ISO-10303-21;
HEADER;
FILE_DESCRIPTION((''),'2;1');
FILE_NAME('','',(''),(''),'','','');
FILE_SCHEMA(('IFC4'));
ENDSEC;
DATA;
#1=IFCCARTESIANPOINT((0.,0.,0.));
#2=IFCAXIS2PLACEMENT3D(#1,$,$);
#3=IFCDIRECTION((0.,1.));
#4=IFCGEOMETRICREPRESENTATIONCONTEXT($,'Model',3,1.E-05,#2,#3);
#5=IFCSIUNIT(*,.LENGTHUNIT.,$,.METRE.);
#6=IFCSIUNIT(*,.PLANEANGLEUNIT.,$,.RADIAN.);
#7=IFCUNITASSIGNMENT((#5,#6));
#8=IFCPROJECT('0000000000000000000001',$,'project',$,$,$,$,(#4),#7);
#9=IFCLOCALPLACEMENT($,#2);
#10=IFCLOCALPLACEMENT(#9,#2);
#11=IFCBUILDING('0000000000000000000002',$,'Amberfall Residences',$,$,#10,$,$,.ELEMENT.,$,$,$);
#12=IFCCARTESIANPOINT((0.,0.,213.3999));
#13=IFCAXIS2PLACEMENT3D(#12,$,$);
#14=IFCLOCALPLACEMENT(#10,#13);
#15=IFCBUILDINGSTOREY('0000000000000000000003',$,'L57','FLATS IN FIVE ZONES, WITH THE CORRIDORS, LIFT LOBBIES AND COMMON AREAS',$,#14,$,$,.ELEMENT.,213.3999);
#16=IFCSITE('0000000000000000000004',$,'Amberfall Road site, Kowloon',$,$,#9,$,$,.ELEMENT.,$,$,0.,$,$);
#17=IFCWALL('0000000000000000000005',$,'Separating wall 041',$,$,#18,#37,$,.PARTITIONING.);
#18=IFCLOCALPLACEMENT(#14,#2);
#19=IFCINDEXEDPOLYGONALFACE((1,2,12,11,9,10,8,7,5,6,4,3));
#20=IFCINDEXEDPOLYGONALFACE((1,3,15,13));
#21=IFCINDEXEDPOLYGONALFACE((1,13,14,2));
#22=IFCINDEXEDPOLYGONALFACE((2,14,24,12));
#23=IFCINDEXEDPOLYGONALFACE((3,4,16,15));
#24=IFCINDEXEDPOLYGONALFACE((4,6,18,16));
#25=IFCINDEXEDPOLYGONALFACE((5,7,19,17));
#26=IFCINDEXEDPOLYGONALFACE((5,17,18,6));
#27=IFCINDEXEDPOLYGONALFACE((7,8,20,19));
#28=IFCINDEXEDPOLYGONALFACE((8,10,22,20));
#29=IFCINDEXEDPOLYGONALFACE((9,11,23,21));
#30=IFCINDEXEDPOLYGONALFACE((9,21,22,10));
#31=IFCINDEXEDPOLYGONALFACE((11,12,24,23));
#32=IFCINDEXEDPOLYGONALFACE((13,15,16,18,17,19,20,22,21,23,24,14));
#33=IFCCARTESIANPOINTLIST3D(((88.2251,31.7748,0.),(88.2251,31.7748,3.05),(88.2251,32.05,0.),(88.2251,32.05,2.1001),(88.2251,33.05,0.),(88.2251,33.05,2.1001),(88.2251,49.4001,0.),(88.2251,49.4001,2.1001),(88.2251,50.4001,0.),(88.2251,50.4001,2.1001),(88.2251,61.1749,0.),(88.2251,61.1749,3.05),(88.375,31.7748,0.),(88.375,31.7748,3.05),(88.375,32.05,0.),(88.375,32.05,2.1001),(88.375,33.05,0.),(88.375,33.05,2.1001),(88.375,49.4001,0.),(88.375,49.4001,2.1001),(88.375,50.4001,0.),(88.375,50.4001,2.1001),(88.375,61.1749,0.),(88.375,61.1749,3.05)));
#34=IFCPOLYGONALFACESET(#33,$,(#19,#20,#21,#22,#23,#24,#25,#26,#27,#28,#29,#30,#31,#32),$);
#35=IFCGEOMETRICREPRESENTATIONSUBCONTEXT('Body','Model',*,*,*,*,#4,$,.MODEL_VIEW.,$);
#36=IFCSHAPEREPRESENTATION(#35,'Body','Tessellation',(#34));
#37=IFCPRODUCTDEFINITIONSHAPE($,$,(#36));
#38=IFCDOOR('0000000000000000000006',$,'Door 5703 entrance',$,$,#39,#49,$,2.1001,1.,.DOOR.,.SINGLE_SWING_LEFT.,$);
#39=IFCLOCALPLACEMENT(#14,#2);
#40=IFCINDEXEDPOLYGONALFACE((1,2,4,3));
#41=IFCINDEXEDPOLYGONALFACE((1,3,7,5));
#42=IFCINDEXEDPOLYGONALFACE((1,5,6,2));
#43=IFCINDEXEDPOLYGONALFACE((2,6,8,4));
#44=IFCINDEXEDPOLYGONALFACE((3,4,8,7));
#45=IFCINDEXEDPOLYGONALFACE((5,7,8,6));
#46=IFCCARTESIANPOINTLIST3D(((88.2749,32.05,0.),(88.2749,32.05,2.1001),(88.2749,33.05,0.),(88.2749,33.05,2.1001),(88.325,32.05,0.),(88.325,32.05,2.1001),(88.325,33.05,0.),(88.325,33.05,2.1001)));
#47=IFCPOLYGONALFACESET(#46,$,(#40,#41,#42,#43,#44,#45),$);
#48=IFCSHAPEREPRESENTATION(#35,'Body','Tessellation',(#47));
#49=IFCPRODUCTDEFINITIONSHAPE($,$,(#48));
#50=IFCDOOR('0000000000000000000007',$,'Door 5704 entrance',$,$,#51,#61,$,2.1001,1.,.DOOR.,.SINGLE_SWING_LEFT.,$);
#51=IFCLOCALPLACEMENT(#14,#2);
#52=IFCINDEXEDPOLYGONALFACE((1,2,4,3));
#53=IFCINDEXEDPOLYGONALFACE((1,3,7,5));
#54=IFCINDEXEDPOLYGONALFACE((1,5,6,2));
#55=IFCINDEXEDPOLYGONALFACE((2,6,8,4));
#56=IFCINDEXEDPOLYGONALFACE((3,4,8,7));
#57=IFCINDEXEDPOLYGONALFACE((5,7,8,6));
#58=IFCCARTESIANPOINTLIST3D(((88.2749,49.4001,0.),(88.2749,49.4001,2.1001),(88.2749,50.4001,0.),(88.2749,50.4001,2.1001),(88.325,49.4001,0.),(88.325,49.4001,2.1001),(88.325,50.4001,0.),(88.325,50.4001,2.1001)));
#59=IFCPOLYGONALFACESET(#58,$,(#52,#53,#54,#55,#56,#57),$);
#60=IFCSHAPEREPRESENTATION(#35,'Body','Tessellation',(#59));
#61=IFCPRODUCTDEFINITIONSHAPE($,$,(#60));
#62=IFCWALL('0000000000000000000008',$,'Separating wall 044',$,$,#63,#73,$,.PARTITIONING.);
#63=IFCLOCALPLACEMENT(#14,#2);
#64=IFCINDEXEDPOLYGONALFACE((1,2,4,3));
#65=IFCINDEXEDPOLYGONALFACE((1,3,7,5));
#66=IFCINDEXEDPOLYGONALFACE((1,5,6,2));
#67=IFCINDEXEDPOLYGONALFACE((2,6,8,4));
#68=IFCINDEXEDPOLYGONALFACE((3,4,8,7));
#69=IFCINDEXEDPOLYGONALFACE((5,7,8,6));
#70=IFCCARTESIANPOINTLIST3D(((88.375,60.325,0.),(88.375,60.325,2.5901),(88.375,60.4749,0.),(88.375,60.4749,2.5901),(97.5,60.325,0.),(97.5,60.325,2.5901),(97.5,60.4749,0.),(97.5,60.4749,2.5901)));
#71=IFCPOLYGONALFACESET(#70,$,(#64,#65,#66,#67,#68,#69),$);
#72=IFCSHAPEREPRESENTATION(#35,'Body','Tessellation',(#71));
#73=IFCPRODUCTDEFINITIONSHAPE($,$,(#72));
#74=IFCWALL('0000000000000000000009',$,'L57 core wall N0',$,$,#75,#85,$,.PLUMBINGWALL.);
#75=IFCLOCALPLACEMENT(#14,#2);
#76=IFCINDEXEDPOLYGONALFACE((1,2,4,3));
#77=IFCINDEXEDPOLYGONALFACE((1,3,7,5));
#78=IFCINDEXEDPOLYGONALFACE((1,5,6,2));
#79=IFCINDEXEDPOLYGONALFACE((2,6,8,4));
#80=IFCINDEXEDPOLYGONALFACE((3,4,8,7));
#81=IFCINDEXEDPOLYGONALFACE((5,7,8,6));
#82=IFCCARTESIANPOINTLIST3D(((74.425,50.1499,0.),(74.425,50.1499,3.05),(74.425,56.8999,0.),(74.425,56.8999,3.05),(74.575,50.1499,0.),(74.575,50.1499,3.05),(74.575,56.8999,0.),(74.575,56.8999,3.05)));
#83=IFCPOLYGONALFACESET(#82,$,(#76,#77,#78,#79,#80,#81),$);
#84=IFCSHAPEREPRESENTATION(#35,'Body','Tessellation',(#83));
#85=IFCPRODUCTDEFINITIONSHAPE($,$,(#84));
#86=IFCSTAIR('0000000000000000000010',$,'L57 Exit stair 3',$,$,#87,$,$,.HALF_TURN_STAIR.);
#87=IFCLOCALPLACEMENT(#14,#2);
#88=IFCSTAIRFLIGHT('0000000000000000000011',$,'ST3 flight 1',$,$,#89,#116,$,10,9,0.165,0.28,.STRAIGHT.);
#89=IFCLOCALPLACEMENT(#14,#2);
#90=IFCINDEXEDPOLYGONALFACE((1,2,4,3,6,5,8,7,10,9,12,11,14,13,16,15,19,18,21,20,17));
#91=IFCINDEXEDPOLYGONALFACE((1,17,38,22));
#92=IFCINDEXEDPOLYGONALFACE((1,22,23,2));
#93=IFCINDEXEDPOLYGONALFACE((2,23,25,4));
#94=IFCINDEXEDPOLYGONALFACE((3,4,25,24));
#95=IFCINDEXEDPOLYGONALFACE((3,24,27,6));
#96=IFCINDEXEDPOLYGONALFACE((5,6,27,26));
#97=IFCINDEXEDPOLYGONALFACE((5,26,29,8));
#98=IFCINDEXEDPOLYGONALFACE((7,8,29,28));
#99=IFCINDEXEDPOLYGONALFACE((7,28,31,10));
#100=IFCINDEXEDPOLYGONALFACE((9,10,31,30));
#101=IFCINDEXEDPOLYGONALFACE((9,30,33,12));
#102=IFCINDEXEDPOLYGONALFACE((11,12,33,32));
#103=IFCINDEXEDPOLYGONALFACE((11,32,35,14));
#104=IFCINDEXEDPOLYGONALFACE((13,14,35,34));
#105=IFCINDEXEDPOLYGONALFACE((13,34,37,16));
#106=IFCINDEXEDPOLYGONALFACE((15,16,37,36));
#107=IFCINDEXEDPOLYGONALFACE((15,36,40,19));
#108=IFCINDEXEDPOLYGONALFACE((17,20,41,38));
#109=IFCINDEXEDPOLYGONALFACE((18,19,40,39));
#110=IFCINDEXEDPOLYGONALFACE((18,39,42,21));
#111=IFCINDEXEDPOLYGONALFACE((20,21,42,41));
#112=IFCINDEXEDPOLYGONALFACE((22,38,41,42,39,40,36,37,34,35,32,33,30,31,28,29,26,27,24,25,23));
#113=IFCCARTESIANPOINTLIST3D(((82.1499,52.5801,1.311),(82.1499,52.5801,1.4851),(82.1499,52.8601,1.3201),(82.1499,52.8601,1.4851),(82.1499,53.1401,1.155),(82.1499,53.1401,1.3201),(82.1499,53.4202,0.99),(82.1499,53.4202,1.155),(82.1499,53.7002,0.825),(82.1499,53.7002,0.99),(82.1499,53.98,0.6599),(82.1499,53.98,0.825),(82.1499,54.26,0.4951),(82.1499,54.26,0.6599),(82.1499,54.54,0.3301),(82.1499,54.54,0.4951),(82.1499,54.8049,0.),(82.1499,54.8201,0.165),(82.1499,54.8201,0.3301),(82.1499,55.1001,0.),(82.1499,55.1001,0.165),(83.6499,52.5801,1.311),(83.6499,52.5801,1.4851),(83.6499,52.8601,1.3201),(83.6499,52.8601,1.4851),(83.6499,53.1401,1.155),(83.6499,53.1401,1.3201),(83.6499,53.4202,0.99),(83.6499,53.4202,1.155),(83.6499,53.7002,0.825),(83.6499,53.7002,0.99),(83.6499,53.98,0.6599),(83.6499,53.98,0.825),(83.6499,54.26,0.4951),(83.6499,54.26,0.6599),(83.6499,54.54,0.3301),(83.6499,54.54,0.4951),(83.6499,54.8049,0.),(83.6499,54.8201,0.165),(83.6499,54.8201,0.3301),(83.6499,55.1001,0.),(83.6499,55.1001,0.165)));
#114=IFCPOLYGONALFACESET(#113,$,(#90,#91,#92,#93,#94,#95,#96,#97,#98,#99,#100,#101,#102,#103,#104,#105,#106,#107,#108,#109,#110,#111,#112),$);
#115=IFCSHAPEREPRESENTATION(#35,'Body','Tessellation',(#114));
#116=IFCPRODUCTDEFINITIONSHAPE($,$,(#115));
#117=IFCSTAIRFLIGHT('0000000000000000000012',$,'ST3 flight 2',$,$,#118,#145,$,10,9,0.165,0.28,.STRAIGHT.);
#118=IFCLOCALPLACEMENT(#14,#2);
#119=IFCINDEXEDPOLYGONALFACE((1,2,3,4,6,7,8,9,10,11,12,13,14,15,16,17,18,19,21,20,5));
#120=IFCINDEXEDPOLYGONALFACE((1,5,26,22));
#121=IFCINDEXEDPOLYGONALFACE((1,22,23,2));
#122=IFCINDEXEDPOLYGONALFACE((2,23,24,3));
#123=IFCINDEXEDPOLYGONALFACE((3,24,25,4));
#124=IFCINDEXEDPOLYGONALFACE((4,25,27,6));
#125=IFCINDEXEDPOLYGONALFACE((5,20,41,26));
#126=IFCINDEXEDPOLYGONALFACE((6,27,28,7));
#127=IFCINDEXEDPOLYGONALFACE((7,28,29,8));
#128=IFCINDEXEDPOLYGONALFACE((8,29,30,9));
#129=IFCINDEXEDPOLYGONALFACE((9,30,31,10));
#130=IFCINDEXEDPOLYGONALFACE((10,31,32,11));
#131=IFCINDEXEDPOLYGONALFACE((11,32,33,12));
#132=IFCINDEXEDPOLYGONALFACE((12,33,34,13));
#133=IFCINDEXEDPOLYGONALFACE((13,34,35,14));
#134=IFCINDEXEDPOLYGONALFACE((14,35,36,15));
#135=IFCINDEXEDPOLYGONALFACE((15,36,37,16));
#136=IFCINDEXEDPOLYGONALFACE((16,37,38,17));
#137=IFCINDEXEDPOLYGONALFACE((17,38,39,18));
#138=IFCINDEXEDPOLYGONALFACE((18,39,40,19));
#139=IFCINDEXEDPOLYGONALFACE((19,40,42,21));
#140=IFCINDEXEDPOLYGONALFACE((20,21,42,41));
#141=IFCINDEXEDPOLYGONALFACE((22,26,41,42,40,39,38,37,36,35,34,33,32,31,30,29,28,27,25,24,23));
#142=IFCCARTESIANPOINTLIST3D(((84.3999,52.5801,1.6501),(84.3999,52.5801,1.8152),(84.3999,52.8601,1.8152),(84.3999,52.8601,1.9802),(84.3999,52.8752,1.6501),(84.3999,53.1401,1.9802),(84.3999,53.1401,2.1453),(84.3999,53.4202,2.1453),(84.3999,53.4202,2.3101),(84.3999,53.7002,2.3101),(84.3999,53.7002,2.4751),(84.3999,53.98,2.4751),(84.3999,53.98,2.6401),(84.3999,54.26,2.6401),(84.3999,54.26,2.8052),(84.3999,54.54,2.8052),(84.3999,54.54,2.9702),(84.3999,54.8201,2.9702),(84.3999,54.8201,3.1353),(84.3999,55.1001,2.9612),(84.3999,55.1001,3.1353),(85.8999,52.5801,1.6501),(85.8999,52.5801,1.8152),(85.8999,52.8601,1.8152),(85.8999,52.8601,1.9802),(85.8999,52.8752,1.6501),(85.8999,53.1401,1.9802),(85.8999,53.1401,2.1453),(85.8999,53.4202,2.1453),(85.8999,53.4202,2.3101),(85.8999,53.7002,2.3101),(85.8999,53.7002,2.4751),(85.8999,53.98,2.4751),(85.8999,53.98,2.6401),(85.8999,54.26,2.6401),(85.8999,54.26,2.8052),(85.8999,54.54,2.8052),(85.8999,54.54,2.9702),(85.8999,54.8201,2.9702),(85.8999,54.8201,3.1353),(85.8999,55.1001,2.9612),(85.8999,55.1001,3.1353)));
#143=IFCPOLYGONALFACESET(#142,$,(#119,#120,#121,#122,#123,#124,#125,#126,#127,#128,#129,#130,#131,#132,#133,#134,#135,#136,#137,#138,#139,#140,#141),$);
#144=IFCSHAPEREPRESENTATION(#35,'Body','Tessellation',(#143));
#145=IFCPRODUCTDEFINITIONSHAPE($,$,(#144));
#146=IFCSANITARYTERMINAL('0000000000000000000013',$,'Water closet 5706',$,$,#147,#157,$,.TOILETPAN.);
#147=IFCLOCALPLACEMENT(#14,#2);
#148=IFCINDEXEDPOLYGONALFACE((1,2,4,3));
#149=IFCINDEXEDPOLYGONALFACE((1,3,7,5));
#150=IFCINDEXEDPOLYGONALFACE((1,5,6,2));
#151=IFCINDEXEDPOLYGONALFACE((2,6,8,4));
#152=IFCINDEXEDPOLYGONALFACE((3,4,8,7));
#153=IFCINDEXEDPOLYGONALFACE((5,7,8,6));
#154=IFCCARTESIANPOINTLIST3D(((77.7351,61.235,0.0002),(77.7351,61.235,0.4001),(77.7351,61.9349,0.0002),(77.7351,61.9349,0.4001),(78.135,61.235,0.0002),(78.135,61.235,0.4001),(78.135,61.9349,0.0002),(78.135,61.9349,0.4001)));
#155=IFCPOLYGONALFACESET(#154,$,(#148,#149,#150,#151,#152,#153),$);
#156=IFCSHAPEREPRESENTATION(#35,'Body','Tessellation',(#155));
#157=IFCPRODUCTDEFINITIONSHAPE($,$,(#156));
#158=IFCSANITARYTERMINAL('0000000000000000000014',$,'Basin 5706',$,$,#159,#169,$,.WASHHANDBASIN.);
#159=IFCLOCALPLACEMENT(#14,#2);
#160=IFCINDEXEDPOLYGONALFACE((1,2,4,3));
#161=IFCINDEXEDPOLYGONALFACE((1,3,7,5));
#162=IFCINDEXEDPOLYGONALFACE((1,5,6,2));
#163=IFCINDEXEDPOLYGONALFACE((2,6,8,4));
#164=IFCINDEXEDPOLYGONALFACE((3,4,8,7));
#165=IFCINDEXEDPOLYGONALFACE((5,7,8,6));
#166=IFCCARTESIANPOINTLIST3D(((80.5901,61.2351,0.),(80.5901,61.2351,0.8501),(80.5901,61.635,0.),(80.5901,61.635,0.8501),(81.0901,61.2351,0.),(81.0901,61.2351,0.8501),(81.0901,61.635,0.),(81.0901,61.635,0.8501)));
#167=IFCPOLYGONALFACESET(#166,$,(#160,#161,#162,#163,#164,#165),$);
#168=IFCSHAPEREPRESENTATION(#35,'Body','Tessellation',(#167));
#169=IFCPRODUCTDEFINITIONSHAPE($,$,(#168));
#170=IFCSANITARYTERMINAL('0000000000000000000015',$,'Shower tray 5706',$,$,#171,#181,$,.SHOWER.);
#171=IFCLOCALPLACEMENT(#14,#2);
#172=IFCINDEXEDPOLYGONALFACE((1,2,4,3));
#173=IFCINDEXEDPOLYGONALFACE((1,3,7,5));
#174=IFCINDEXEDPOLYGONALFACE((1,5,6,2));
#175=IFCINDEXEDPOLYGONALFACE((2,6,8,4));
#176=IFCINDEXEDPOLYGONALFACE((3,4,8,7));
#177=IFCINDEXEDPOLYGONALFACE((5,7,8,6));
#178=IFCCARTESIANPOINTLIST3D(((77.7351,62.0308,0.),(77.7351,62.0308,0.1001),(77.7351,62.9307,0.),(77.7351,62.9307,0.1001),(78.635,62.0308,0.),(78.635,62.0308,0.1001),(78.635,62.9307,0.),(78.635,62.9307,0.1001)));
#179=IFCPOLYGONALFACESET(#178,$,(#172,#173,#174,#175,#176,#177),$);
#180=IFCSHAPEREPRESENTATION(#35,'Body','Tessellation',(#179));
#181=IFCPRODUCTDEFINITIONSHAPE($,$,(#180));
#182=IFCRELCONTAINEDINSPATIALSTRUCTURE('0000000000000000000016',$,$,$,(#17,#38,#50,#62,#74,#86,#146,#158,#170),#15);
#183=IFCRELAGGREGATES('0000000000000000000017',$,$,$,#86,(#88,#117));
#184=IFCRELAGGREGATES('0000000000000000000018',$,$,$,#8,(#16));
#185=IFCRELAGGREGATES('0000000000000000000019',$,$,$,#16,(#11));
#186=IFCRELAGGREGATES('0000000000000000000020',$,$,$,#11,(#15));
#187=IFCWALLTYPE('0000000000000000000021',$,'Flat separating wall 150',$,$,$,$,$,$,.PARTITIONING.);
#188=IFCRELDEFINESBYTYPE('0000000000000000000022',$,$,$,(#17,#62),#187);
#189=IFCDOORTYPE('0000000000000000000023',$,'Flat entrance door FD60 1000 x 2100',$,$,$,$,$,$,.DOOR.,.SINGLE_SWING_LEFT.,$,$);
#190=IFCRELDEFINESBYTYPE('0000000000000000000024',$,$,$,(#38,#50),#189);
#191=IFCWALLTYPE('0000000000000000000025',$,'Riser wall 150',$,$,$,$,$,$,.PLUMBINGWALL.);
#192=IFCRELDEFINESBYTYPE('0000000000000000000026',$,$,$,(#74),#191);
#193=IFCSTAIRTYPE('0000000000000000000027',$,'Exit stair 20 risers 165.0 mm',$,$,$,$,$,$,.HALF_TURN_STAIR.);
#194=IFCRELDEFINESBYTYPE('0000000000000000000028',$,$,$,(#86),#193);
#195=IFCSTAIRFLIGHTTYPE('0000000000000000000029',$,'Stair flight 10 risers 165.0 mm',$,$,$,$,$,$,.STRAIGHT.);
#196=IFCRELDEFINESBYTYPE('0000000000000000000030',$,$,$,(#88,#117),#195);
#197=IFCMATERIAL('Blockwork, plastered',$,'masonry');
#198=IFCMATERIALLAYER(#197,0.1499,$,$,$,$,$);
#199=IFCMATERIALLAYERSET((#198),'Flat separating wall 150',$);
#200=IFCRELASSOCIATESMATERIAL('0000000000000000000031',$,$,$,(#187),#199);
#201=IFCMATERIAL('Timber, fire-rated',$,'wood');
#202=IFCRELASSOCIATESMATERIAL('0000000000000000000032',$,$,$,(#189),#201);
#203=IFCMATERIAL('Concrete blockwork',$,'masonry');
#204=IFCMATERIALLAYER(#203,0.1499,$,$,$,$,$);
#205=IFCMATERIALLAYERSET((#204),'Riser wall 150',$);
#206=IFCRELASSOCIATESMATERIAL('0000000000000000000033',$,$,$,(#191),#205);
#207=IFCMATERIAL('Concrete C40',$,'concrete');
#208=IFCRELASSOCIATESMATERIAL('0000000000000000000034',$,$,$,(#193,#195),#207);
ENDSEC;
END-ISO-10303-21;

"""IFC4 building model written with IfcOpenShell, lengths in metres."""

from ifc_helpers import new_model, si_unit, direction, frame, frame_2d, origin, origin_2d, place, context, subcontext, project, spatial, polyline, rectangle, outline, extrude, material, layer, layer_set, type_object, element, fill, aggregate, save


model = new_model("IFC4")

# Units and contexts
model_context = context("Model", 3, precision=1e-05, world=origin(), true_north=direction((0.0, 1.0)))
body_context = subcontext(model_context, "Body", "Model", "MODEL_VIEW")
ifc_project = project(units=[si_unit("LENGTHUNIT", "METRE"), si_unit("PLANEANGLEUNIT", "RADIAN")], contexts=[model_context])

# Site, building, storey
site_placement = place(None, origin())
site = spatial("IfcSite", under=ifc_project, at=site_placement, Name="Amberfall Road site, Kowloon", CompositionType="ELEMENT", RefElevation=0.0)
building_placement = place(site_placement, origin())
building = spatial("IfcBuilding", under=site, at=building_placement, Name="Amberfall Residences", CompositionType="ELEMENT")
storey_placement = place(building_placement, frame((0.0, 0.0, 213.3999)))
storey = spatial("IfcBuildingStorey", under=building, at=storey_placement, Name="L57", Description="FLATS IN FIVE ZONES, WITH THE CORRIDORS, LIFT LOBBIES AND COMMON AREAS", CompositionType="ELEMENT", Elevation=213.3999)

# Shared definitions
ifc_material_1 = material(Name="Blockwork, plastered", Category="masonry")
ifc_layer_1 = layer(ifc_material_1, 0.1499)
ifc_layer_set_1 = layer_set([ifc_layer_1], Name="Flat separating wall 150")
wall_type_1 = type_object("IfcWallType", Name="Flat separating wall 150", PredefinedType="PARTITIONING", material=ifc_layer_set_1)

# Wall, openings, doors
wall_1_placement = place(storey_placement, frame((88.3, 61.175, 0.0), z_axis=(0.0, 0.0, 1.0), x_axis=(0.0, -1.0, 0.0)))
wall_1 = element("IfcWall", 1, at=wall_1_placement, inside=storey, type_object=wall_type_1, Name="Separating wall 041", PredefinedType="PARTITIONING", context=body_context, shape_type="SweptSolid", body=[
    extrude(rectangle(XDim=29.4001, YDim=0.1499, at=frame_2d((14.7002, 0.0))), origin(), (0.0, 0.0, 1.0), 3.05),
])
opening_1_placement = place(wall_1_placement, frame((28.125, 0.0, 0.0)))
opening_1 = element("IfcOpeningElement", 2, at=opening_1_placement, cuts=wall_1, PredefinedType="OPENING", context=body_context, shape_type="SweptSolid", body=[
    extrude(rectangle(XDim=1.0, YDim=2.1001, at=frame_2d((0.5, 1.05))), frame((0.0, 0.085, 0.0), z_axis=(0.0, -1.0, 0.0), x_axis=(1.0, 0.0, 0.0)), (0.0, 0.0, 1.0), 0.1699),
])
opening_2_placement = place(wall_1_placement, frame((10.7749, 0.0, 0.0)))
opening_2 = element("IfcOpeningElement", 3, at=opening_2_placement, cuts=wall_1, PredefinedType="OPENING", context=body_context, shape_type="SweptSolid", body=[
    extrude(rectangle(XDim=1.0, YDim=2.1001, at=frame_2d((0.5, 1.05))), frame((0.0, 0.085, 0.0), z_axis=(0.0, -1.0, 0.0), x_axis=(1.0, 0.0, 0.0)), (0.0, 0.0, 1.0), 0.1699),
])
ifc_material_2 = material(Name="Timber, fire-rated", Category="wood")
door_type_1 = type_object("IfcDoorType", Name="Flat entrance door FD60 1000 x 2100", OperationType="SINGLE_SWING_LEFT", PredefinedType="DOOR", material=ifc_material_2)
door_1_placement = place(opening_1_placement, origin())
door_1 = element("IfcDoor", 4, at=door_1_placement, inside=storey, type_object=door_type_1, Name="Door 5703 entrance", OperationType="SINGLE_SWING_LEFT", OverallHeight=2.1001, OverallWidth=1.0, PredefinedType="DOOR", context=body_context, shape_type="SweptSolid", body=[
    extrude(rectangle(XDim=1.0, YDim=2.1001, at=frame_2d((0.5, 1.05))), frame((0.0, 0.0249, 0.0), z_axis=(0.0, -1.0, 0.0), x_axis=(1.0, 0.0, 0.0)), (0.0, 0.0, 1.0), 0.05),
])
fill(opening_1, door_1)
door_2_placement = place(opening_2_placement, origin())
door_2 = element("IfcDoor", 5, at=door_2_placement, inside=storey, type_object=door_type_1, Name="Door 5704 entrance", OperationType="SINGLE_SWING_LEFT", OverallHeight=2.1001, OverallWidth=1.0, PredefinedType="DOOR", context=body_context, shape_type="SweptSolid", body=[
    extrude(rectangle(XDim=1.0, YDim=2.1001, at=frame_2d((0.5, 1.05))), frame((0.0, 0.0249, 0.0), z_axis=(0.0, -1.0, 0.0), x_axis=(1.0, 0.0, 0.0)), (0.0, 0.0, 1.0), 0.05),
])
fill(opening_2, door_2)

# Walls
wall_2_placement = place(storey_placement, frame((88.375, 60.3999, 0.0), z_axis=(0.0, 0.0, 1.0), x_axis=(1.0, 0.0, 0.0)))
element("IfcWall", 6, at=wall_2_placement, inside=storey, type_object=wall_type_1, Name="Separating wall 044", PredefinedType="PARTITIONING", context=body_context, shape_type="SweptSolid", body=[
    extrude(rectangle(XDim=9.125, YDim=0.1499, at=frame_2d((4.5625, 0.0))), origin(), (0.0, 0.0, 1.0), 2.5901),
])
ifc_material_3 = material(Name="Concrete blockwork", Category="masonry")
ifc_layer_2 = layer(ifc_material_3, 0.1499)
ifc_layer_set_2 = layer_set([ifc_layer_2], Name="Riser wall 150")
wall_type_2 = type_object("IfcWallType", Name="Riser wall 150", PredefinedType="PLUMBINGWALL", material=ifc_layer_set_2)
wall_3_placement = place(storey_placement, frame((74.5, 50.1499, 0.0), z_axis=(0.0, 0.0, 1.0), x_axis=(0.0, 1.0, 0.0)))
element("IfcWall", 7, at=wall_3_placement, inside=storey, type_object=wall_type_2, Name="L57 core wall N0", PredefinedType="PLUMBINGWALL", context=body_context, shape_type="SweptSolid", body=[
    extrude(rectangle(XDim=6.75, YDim=0.1499, at=frame_2d((3.375, 0.0))), origin(), (0.0, 0.0, 1.0), 3.05),
])

# Stair, stair flights
ifc_material_4 = material(Name="Concrete C40", Category="concrete")
stair_type = type_object("IfcStairType", Name="Exit stair 20 risers 165.0 mm", PredefinedType="HALF_TURN_STAIR", material=ifc_material_4)
stair_placement = place(storey_placement, origin())
stair = element("IfcStair", 8, at=stair_placement, inside=storey, type_object=stair_type, Name="L57 Exit stair 3", PredefinedType="HALF_TURN_STAIR")
stair_flight_type = type_object("IfcStairFlightType", Name="Stair flight 10 risers 165.0 mm", PredefinedType="STRAIGHT", material=ifc_material_4)
stair_flight_1_placement = place(storey_placement, frame((82.8999, 55.1001, 0.0), z_axis=(0.0, 0.0, 1.0), x_axis=(0.0, -1.0, 0.0)))
stair_flight_1 = element("IfcStairFlight", 9, at=stair_flight_1_placement, type_object=stair_flight_type, Name="ST3 flight 1", NumberOfRisers=10, NumberOfTreads=9, PredefinedType="STRAIGHT", RiserHeight=0.165, TreadLength=0.28, context=body_context, shape_type="SweptSolid", body=[
    extrude(outline(polyline([(0.0, 0.0), (0.0, 0.165), (0.28, 0.165), (0.28, 0.3301), (0.5601, 0.3301), (0.5601, 0.4951), (0.8401, 0.4951), (0.8401, 0.6599), (1.1201, 0.6599), (1.1201, 0.825), (1.3999, 0.825), (1.3999, 0.99), (1.6799, 0.99), (1.6799, 1.155), (1.96, 1.155), (1.96, 1.3201), (2.24, 1.3201), (2.24, 1.4851), (2.52, 1.4851), (2.52, 1.6499), (2.52, 1.311), (0.2952, 0.0), (0.0, 0.0)])), frame((0.0, 0.75, 0.0), z_axis=(0.0, -1.0, 0.0), x_axis=(1.0, 0.0, 0.0)), (0.0, 0.0, 1.0), 1.5),
])
stair_flight_2_placement = place(storey_placement, frame((85.1499, 52.5801, 1.6501), z_axis=(0.0, 0.0, 1.0), x_axis=(0.0, 1.0, 0.0)))
stair_flight_2 = element("IfcStairFlight", 10, at=stair_flight_2_placement, type_object=stair_flight_type, Name="ST3 flight 2", NumberOfRisers=10, NumberOfTreads=9, PredefinedType="STRAIGHT", RiserHeight=0.165, TreadLength=0.28, context=body_context, shape_type="SweptSolid", body=[
    extrude(outline(polyline([(0.0, 0.0), (0.0, 0.165), (0.28, 0.165), (0.28, 0.3301), (0.5601, 0.3301), (0.5601, 0.4951), (0.8401, 0.4951), (0.8401, 0.6599), (1.1201, 0.6599), (1.1201, 0.825), (1.3999, 0.825), (1.3999, 0.99), (1.6799, 0.99), (1.6799, 1.155), (1.96, 1.155), (1.96, 1.3201), (2.24, 1.3201), (2.24, 1.4851), (2.52, 1.4851), (2.52, 1.6499), (2.52, 1.311), (0.2952, 0.0), (0.0, 0.0)])), frame((0.0, 0.75, 0.0), z_axis=(0.0, -1.0, 0.0), x_axis=(1.0, 0.0, 0.0)), (0.0, 0.0, 1.0), 1.5),
])
aggregate(stair, [stair_flight_1, stair_flight_2])

# Sanitary terminals
sanitary_terminal_1_placement = place(storey_placement, frame((77.9351, 61.585, 0.0002), z_axis=(0.0, 0.0, 1.0), x_axis=(1.0, 0.0, 0.0)))
element("IfcSanitaryTerminal", 11, at=sanitary_terminal_1_placement, inside=storey, Name="Water closet 5706", PredefinedType="TOILETPAN", context=body_context, shape_type="SweptSolid", body=[
    extrude(rectangle(XDim=0.3999, YDim=0.7, at=origin_2d()), origin(), (0.0, 0.0, 1.0), 0.3999),
])
sanitary_terminal_2_placement = place(storey_placement, frame((80.8401, 61.4351, 0.0), z_axis=(0.0, 0.0, 1.0), x_axis=(1.0, 0.0, 0.0)))
element("IfcSanitaryTerminal", 12, at=sanitary_terminal_2_placement, inside=storey, Name="Basin 5706", PredefinedType="WASHHANDBASIN", context=body_context, shape_type="SweptSolid", body=[
    extrude(rectangle(XDim=0.5, YDim=0.3999, at=origin_2d()), origin(), (0.0, 0.0, 1.0), 0.8501),
])
sanitary_terminal_3_placement = place(storey_placement, frame((78.1851, 62.4807, 0.0), z_axis=(0.0, 0.0, 1.0), x_axis=(1.0, 0.0, 0.0)))
element("IfcSanitaryTerminal", 13, at=sanitary_terminal_3_placement, inside=storey, Name="Shower tray 5706", PredefinedType="SHOWER", context=body_context, shape_type="SweptSolid", body=[
    extrude(rectangle(XDim=0.8999, YDim=0.8999, at=origin_2d()), origin(), (0.0, 0.0, 1.0), 0.1001),
])

save(model, "model.ifc")
